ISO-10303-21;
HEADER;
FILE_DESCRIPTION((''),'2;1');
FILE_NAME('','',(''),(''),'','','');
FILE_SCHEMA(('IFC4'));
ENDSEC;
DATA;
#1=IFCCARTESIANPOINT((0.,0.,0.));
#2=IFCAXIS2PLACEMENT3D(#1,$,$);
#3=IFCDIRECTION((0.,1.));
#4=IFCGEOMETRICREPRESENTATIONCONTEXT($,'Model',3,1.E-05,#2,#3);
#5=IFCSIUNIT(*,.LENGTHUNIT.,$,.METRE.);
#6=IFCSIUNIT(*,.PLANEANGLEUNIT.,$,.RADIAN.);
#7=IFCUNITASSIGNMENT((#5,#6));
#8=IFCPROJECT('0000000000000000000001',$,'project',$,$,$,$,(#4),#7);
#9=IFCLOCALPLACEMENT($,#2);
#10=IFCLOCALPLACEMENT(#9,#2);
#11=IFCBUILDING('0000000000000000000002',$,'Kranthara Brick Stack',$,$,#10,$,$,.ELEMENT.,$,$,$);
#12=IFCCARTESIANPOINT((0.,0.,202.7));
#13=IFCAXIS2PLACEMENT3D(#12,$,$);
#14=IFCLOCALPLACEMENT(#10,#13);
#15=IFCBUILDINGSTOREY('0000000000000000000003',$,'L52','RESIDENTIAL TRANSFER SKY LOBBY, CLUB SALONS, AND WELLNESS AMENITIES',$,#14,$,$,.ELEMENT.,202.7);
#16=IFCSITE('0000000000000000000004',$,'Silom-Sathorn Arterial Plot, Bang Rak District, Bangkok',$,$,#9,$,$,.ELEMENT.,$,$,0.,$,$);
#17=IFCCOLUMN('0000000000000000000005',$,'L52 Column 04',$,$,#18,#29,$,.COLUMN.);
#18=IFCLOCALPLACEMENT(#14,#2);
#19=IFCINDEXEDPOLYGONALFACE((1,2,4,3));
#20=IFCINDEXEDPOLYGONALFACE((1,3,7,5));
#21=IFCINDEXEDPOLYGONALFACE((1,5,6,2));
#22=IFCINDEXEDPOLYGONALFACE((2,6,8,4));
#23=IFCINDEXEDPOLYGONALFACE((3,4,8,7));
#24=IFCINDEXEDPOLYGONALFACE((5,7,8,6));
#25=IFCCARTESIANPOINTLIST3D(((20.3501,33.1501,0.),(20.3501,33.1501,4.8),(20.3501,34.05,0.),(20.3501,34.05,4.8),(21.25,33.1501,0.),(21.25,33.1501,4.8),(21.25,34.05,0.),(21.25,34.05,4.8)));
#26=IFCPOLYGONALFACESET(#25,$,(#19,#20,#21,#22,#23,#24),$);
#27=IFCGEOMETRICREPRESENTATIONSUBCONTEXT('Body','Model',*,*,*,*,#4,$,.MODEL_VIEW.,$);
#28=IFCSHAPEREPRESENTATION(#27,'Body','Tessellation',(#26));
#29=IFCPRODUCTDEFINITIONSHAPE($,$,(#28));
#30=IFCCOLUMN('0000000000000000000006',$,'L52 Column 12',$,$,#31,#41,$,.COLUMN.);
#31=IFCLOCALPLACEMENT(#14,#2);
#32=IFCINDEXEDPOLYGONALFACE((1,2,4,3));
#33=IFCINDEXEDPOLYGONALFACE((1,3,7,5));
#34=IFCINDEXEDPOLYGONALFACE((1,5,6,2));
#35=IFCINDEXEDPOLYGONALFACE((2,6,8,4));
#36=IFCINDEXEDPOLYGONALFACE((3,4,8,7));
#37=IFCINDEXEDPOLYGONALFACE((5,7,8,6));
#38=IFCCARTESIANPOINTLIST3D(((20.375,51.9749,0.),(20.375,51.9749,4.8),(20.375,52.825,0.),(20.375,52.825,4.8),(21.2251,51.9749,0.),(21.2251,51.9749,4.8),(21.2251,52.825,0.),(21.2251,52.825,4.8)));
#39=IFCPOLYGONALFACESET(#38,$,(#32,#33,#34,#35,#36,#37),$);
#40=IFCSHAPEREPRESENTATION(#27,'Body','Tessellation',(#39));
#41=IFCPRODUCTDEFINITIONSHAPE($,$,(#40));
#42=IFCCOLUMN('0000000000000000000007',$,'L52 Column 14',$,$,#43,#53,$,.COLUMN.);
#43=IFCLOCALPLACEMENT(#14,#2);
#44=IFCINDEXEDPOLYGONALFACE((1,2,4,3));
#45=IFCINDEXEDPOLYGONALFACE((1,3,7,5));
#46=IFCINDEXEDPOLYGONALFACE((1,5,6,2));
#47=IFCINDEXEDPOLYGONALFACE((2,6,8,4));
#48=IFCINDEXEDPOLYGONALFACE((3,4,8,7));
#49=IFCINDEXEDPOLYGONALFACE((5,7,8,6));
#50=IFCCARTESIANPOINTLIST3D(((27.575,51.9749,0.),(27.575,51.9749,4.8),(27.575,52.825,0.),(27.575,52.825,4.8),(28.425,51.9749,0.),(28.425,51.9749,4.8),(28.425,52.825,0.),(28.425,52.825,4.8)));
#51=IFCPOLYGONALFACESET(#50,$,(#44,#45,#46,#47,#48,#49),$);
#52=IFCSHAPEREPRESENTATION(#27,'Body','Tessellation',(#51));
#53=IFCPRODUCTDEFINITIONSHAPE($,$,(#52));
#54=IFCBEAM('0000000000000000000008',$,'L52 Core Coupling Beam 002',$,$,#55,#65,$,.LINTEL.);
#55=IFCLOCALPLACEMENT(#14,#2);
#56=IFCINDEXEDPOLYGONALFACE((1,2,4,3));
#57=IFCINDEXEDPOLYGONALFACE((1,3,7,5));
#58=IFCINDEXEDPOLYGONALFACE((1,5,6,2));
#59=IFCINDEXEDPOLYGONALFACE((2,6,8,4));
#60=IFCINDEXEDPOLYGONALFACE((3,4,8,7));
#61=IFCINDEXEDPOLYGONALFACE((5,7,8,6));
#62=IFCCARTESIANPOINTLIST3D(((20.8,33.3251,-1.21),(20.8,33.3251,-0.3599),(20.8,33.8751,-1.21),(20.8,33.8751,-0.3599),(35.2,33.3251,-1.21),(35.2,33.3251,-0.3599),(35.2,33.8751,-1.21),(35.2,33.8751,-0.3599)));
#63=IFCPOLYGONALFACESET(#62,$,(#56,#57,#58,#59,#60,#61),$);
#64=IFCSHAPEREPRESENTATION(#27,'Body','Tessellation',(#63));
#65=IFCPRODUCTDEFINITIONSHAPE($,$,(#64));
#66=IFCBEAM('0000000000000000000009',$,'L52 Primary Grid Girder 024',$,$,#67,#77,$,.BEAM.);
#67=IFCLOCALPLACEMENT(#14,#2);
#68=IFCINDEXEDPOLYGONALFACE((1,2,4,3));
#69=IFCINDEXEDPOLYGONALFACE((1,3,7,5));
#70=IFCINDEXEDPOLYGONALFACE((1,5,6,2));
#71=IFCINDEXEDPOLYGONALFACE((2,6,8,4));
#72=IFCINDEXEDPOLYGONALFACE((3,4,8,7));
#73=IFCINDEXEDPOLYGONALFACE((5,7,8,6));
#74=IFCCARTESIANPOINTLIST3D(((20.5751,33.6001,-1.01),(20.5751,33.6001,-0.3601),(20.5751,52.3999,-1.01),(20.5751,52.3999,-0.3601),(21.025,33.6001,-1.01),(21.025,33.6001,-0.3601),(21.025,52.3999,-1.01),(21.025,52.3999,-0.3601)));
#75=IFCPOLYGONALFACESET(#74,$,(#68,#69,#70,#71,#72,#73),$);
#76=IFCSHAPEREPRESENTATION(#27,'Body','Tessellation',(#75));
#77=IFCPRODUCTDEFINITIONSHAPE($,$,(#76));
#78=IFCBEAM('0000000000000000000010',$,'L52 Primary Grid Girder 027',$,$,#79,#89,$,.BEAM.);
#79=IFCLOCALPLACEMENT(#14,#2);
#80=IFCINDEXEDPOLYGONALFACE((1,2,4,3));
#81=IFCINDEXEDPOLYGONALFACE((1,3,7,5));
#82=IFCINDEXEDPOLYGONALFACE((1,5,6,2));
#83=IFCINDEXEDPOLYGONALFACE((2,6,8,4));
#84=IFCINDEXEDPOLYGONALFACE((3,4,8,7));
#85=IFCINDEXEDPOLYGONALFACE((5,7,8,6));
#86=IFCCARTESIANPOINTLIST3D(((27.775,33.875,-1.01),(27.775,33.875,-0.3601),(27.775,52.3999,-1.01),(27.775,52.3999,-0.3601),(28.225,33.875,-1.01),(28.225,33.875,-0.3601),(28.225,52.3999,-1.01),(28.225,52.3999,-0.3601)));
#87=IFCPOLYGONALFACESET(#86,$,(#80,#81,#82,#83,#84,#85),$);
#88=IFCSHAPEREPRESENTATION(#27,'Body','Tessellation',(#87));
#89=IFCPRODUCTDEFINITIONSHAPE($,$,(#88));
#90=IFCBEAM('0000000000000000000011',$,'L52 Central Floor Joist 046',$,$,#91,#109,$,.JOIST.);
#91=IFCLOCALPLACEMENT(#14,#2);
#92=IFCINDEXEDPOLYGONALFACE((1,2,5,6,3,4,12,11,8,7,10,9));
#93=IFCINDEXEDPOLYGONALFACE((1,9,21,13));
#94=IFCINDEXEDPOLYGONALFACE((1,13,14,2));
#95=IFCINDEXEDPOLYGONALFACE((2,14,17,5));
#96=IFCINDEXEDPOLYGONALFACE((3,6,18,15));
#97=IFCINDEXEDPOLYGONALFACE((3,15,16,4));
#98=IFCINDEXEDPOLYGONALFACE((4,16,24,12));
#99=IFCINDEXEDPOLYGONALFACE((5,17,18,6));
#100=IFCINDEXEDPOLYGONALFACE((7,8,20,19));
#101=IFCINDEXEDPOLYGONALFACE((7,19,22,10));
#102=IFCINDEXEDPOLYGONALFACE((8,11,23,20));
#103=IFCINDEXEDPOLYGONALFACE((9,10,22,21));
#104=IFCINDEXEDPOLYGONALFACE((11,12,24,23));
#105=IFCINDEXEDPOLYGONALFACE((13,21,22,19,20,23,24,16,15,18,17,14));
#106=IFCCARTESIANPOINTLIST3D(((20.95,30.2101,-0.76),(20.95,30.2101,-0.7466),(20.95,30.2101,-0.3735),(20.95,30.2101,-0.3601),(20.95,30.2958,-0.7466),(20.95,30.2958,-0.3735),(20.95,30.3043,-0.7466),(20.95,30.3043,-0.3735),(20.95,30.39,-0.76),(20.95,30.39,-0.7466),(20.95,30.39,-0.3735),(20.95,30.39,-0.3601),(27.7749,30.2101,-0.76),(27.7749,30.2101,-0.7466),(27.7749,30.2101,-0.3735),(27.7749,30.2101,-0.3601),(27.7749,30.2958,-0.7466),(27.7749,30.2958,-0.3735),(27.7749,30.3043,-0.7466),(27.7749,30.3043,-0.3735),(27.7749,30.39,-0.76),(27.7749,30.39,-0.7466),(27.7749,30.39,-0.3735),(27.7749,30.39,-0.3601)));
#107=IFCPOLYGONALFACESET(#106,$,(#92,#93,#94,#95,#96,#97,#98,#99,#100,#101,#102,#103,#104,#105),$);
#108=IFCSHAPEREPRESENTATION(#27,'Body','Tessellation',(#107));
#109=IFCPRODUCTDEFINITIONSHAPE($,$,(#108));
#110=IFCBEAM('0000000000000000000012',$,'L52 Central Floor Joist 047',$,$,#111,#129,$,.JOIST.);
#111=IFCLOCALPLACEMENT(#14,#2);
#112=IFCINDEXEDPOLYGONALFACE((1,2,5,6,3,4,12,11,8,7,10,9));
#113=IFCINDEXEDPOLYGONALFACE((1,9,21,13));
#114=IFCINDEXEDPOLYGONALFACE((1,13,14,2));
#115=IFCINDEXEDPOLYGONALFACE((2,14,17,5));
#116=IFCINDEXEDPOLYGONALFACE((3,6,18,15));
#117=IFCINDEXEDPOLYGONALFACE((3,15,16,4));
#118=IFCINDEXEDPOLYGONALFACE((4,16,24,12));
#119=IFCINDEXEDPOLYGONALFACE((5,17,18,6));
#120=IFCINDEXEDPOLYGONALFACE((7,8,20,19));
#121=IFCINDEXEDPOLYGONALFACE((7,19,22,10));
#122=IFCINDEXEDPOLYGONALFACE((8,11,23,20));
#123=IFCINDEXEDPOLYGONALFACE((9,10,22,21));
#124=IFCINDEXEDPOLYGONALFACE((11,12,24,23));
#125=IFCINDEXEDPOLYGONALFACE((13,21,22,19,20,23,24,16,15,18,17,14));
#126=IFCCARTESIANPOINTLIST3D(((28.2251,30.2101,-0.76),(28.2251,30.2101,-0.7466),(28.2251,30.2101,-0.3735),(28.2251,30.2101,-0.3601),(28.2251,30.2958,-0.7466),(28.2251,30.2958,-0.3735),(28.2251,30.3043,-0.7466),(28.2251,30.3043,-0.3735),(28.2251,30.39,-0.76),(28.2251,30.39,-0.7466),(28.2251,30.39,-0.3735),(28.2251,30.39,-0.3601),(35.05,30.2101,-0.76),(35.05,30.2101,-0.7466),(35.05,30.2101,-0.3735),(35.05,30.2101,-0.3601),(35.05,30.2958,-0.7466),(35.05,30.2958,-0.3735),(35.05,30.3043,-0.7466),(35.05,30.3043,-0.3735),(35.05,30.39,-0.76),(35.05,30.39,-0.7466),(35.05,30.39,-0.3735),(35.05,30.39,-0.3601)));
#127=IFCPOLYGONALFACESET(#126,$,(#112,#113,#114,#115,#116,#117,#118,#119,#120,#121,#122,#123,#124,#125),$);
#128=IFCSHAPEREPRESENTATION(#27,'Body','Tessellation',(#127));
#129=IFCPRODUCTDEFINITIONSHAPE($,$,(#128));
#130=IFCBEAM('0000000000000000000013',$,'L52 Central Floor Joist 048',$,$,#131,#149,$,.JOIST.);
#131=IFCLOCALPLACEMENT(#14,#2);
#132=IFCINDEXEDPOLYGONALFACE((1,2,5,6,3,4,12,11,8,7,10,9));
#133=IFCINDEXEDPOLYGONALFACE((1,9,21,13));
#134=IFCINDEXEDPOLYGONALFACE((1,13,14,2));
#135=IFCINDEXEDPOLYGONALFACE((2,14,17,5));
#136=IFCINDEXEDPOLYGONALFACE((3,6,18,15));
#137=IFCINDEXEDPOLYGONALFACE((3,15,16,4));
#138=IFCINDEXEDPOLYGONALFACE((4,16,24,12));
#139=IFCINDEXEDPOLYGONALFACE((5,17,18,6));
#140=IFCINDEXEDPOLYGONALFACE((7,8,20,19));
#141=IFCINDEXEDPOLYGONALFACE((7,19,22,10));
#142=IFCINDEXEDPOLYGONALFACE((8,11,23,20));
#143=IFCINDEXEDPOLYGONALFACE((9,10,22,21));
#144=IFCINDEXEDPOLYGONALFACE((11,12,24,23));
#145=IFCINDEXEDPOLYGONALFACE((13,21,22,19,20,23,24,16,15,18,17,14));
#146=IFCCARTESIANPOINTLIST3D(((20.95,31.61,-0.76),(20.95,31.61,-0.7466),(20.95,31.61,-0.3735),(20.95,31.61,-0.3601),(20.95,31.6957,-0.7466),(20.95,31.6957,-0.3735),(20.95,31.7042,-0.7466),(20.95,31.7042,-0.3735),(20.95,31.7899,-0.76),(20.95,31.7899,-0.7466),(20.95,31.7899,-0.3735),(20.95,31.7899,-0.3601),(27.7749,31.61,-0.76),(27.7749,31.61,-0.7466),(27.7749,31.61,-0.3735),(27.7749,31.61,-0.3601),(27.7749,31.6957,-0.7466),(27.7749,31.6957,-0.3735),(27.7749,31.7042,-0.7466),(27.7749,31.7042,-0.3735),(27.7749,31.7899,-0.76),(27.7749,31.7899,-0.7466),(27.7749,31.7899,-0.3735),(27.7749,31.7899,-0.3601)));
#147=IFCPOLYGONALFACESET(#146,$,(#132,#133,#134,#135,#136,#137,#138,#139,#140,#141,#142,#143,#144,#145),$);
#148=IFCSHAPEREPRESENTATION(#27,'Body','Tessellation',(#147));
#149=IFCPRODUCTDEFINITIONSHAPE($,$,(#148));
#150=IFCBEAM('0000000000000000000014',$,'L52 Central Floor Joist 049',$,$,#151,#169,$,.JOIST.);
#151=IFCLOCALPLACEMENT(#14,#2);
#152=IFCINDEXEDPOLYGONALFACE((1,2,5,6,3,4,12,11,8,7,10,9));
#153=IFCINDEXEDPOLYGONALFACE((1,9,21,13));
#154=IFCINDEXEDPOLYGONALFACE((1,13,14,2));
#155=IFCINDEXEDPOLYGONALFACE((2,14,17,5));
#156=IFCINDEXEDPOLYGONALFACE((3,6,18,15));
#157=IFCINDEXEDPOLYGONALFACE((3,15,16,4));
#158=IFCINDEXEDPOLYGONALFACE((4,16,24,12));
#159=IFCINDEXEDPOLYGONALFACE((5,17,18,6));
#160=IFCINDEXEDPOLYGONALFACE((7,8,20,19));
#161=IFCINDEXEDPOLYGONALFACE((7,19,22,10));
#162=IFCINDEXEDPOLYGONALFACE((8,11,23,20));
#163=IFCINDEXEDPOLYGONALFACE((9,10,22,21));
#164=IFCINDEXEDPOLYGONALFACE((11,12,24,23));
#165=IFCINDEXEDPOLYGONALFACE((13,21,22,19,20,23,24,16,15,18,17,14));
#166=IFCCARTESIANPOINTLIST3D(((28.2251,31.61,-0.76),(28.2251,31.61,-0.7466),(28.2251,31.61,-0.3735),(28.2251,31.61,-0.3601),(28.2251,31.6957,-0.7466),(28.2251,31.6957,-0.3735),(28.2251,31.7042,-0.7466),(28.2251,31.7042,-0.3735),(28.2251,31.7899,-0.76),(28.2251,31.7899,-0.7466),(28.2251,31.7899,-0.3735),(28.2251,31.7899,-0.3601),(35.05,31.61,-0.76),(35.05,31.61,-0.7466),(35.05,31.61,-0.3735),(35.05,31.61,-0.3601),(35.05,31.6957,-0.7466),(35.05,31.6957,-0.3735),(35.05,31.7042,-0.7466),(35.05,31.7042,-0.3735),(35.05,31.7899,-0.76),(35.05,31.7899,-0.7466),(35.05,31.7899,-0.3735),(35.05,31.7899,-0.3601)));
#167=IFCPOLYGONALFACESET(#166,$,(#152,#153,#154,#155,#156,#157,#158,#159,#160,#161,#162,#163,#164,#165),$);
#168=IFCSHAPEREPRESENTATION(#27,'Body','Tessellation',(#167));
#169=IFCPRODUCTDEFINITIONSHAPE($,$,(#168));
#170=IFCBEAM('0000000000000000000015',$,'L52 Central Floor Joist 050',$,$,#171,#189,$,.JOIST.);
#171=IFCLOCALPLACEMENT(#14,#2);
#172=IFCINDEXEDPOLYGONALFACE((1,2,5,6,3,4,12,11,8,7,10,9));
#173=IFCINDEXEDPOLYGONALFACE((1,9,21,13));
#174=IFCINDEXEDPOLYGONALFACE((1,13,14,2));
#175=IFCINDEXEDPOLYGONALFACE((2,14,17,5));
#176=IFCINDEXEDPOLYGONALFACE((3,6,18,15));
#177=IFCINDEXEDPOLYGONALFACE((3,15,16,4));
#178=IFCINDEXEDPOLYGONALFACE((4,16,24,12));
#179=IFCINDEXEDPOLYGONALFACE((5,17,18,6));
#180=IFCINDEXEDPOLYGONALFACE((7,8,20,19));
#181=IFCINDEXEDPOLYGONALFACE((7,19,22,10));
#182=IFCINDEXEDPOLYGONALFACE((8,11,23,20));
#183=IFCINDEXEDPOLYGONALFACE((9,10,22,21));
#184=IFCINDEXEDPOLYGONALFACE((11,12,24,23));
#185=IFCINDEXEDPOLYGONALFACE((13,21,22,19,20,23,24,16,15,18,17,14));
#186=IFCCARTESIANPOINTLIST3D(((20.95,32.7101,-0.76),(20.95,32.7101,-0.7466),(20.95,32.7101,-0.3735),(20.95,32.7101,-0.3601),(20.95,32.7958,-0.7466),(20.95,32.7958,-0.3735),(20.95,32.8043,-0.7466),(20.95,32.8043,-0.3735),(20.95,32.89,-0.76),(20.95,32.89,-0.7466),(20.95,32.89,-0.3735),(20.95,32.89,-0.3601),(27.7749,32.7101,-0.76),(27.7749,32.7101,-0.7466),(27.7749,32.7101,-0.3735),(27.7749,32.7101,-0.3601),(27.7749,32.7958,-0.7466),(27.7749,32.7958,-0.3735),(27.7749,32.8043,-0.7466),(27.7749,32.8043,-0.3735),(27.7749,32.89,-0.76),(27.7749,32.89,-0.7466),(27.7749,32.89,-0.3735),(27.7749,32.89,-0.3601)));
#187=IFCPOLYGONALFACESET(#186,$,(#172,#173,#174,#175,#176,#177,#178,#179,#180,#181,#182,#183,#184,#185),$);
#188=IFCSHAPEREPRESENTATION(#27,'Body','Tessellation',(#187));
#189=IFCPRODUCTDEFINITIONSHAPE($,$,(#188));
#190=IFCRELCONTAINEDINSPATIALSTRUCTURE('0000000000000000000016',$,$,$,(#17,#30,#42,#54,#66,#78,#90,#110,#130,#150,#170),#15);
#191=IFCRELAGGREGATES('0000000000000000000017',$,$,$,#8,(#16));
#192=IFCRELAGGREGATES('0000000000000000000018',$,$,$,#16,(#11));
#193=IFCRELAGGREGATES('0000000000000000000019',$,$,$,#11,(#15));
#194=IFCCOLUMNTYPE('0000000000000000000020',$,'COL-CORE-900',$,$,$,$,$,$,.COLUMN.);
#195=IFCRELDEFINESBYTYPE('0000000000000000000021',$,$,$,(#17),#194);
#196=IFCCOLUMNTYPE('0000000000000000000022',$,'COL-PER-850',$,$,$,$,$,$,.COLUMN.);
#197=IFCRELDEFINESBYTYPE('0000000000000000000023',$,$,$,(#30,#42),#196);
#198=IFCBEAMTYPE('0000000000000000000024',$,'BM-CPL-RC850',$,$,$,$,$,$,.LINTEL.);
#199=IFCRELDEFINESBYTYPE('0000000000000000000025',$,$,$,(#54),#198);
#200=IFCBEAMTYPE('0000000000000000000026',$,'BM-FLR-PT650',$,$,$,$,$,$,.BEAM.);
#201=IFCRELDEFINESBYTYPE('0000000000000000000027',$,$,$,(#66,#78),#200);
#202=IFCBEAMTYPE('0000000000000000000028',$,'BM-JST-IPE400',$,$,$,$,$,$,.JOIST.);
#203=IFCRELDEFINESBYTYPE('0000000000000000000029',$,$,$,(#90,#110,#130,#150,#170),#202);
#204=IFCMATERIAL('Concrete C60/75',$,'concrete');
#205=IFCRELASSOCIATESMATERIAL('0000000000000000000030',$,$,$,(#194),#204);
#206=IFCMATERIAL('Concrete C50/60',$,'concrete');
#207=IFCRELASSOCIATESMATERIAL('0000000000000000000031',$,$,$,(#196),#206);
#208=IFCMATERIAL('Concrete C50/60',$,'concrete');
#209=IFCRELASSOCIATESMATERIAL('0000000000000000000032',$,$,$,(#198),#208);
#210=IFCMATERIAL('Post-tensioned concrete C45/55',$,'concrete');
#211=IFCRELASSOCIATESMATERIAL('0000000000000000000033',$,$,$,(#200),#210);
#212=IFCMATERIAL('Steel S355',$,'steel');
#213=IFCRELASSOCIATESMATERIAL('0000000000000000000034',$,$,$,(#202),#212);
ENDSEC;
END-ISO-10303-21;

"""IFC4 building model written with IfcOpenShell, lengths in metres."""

from ifc_helpers import new_model, si_unit, direction, frame, origin, origin_2d, place, context, subcontext, project, spatial, rectangle, i_section, extrude, material, material_profile, profile_set, type_object, element, save


model = new_model("IFC4")

# Units and contexts
model_context = context("Model", 3, precision=1e-05, world=origin(), true_north=direction((0.0, 1.0)))
body_context = subcontext(model_context, "Body", "Model", "MODEL_VIEW")
ifc_project = project(units=[si_unit("LENGTHUNIT", "METRE"), si_unit("PLANEANGLEUNIT", "RADIAN")], contexts=[model_context])

# Site, building, storey
site_placement = place(None, origin())
site = spatial("IfcSite", under=ifc_project, at=site_placement, Name="Silom-Sathorn Arterial Plot, Bang Rak District, Bangkok", CompositionType="ELEMENT", RefElevation=0.0)
building_placement = place(site_placement, origin())
building = spatial("IfcBuilding", under=site, at=building_placement, Name="Kranthara Brick Stack", CompositionType="ELEMENT")
storey_placement = place(building_placement, frame((0.0, 0.0, 202.7)))
storey = spatial("IfcBuildingStorey", under=building, at=storey_placement, Name="L52", Description="RESIDENTIAL TRANSFER SKY LOBBY, CLUB SALONS, AND WELLNESS AMENITIES", CompositionType="ELEMENT", Elevation=202.7)

# Columns
ifc_material_1 = material(Name="Concrete C60/75", Category="concrete")
ifc_material_profile_1 = material_profile(ifc_material_1, rectangle(XDim=0.8999, YDim=0.8999, at=origin_2d()), Name="RC 900x900")
ifc_profile_set_1 = profile_set([ifc_material_profile_1], Name="Concrete C60/75")
column_type_1 = type_object("IfcColumnType", Name="COL-CORE-900", PredefinedType="COLUMN", material=ifc_profile_set_1)
column_placement = place(storey_placement, frame((20.8, 33.6001, 0.0), z_axis=(0.0, 0.0, 1.0), x_axis=(1.0, 0.0, 0.0)))
element("IfcColumn", 1, at=column_placement, inside=storey, type_object=column_type_1, Name="L52 Column 04", PredefinedType="COLUMN", context=body_context, shape_type="SweptSolid", body=[
    extrude(rectangle(XDim=0.8999, YDim=0.8999, at=origin_2d()), origin(), (0.0, 0.0, 1.0), 4.8),
])
ifc_material_2 = material(Name="Concrete C50/60", Category="concrete")
ifc_material_profile_2 = material_profile(ifc_material_2, rectangle(XDim=0.8501, YDim=0.8501, at=origin_2d()), Name="RC 850x850")
ifc_profile_set_2 = profile_set([ifc_material_profile_2], Name="Concrete C50/60")
column_type_2 = type_object("IfcColumnType", Name="COL-PER-850", PredefinedType="COLUMN", material=ifc_profile_set_2)
for number, where, z_axis, x_axis, name in (
    (2, (20.8, 52.3999, 0.0), (0.0, 0.0, 1.0), (1.0, 0.0, 0.0), "L52 Column 12"),
    (3, (28.0, 52.3999, 0.0), (0.0, 0.0, 1.0), (1.0, 0.0, 0.0), "L52 Column 14"),
):
    element("IfcColumn", number, at=place(storey_placement, frame(where, z_axis=z_axis, x_axis=x_axis)), inside=storey, type_object=column_type_2, Name=name, PredefinedType="COLUMN", context=body_context, shape_type="SweptSolid", body=[
        extrude(rectangle(XDim=0.8501, YDim=0.8501, at=origin_2d()), origin(), (0.0, 0.0, 1.0), 4.8),
    ])

# Beams
ifc_material_3 = material(Name="Concrete C50/60", Category="concrete")
ifc_material_profile_3 = material_profile(ifc_material_3, rectangle(XDim=0.55, YDim=0.8501, at=origin_2d()), Name="RC 550x850")
ifc_profile_set_3 = profile_set([ifc_material_profile_3], Name="Concrete C50/60")
beam_type_1 = type_object("IfcBeamType", Name="BM-CPL-RC850", PredefinedType="LINTEL", material=ifc_profile_set_3)
beam_1_placement = place(storey_placement, frame((20.8, 33.6001, -0.7849), z_axis=(1.0, 0.0, 0.0), x_axis=(0.0, 1.0, 0.0)))
element("IfcBeam", 4, at=beam_1_placement, inside=storey, type_object=beam_type_1, Name="L52 Core Coupling Beam 002", PredefinedType="LINTEL", context=body_context, shape_type="SweptSolid", body=[
    extrude(rectangle(XDim=0.55, YDim=0.8501, at=origin_2d()), origin(), (0.0, 0.0, 1.0), 14.3999),
])
ifc_material_4 = material(Name="Post-tensioned concrete C45/55", Category="concrete")
ifc_material_profile_4 = material_profile(ifc_material_4, rectangle(XDim=0.45, YDim=0.6499, at=origin_2d()), Name="PT 450x650")
ifc_profile_set_4 = profile_set([ifc_material_profile_4], Name="Post-tensioned concrete C45/55")
beam_type_2 = type_object("IfcBeamType", Name="BM-FLR-PT650", PredefinedType="BEAM", material=ifc_profile_set_4)
beam_2_placement = place(storey_placement, frame((20.8, 33.6001, -0.6851), z_axis=(0.0, 1.0, 0.0), x_axis=(-1.0, 0.0, 0.0)))
element("IfcBeam", 5, at=beam_2_placement, inside=storey, type_object=beam_type_2, Name="L52 Primary Grid Girder 024", PredefinedType="BEAM", context=body_context, shape_type="SweptSolid", body=[
    extrude(rectangle(XDim=0.45, YDim=0.6499, at=origin_2d()), origin(), (0.0, 0.0, 1.0), 18.7998),
])
beam_3_placement = place(storey_placement, frame((28.0, 33.875, -0.6851), z_axis=(0.0, 1.0, 0.0), x_axis=(-1.0, 0.0, 0.0)))
element("IfcBeam", 6, at=beam_3_placement, inside=storey, type_object=beam_type_2, Name="L52 Primary Grid Girder 027", PredefinedType="BEAM", context=body_context, shape_type="SweptSolid", body=[
    extrude(rectangle(XDim=0.45, YDim=0.6499, at=origin_2d()), origin(), (0.0, 0.0, 1.0), 18.5249),
])
ifc_material_5 = material(Name="Steel S355", Category="steel")
ifc_material_profile_5 = material_profile(ifc_material_5, i_section(OverallWidth=0.1799, OverallDepth=0.3999, WebThickness=0.0085, FlangeThickness=0.0134, at=origin_2d()), Name="IPE 400")
ifc_profile_set_5 = profile_set([ifc_material_profile_5], Name="Steel S355")
beam_type_3 = type_object("IfcBeamType", Name="BM-JST-IPE400", PredefinedType="JOIST", material=ifc_profile_set_5)
for number, where, z_axis, x_axis, name in (
    (7, (20.95, 30.3, -0.5601), (1.0, 0.0, 0.0), (0.0, 1.0, 0.0), "L52 Central Floor Joist 046"),
    (8, (28.2251, 30.3, -0.5601), (1.0, 0.0, 0.0), (0.0, 1.0, 0.0), "L52 Central Floor Joist 047"),
    (9, (20.95, 31.7, -0.5601), (1.0, 0.0, 0.0), (0.0, 1.0, 0.0), "L52 Central Floor Joist 048"),
    (10, (28.2251, 31.7, -0.5601), (1.0, 0.0, 0.0), (0.0, 1.0, 0.0), "L52 Central Floor Joist 049"),
    (11, (20.95, 32.8, -0.5601), (1.0, 0.0, 0.0), (0.0, 1.0, 0.0), "L52 Central Floor Joist 050"),
):
    element("IfcBeam", number, at=place(storey_placement, frame(where, z_axis=z_axis, x_axis=x_axis)), inside=storey, type_object=beam_type_3, Name=name, PredefinedType="JOIST", context=body_context, shape_type="SweptSolid", body=[
        extrude(i_section(OverallWidth=0.1799, OverallDepth=0.3999, WebThickness=0.0085, FlangeThickness=0.0134, at=origin_2d()), origin(), (0.0, 0.0, 1.0), 6.825),
    ])

save(model, "model.ifc")
